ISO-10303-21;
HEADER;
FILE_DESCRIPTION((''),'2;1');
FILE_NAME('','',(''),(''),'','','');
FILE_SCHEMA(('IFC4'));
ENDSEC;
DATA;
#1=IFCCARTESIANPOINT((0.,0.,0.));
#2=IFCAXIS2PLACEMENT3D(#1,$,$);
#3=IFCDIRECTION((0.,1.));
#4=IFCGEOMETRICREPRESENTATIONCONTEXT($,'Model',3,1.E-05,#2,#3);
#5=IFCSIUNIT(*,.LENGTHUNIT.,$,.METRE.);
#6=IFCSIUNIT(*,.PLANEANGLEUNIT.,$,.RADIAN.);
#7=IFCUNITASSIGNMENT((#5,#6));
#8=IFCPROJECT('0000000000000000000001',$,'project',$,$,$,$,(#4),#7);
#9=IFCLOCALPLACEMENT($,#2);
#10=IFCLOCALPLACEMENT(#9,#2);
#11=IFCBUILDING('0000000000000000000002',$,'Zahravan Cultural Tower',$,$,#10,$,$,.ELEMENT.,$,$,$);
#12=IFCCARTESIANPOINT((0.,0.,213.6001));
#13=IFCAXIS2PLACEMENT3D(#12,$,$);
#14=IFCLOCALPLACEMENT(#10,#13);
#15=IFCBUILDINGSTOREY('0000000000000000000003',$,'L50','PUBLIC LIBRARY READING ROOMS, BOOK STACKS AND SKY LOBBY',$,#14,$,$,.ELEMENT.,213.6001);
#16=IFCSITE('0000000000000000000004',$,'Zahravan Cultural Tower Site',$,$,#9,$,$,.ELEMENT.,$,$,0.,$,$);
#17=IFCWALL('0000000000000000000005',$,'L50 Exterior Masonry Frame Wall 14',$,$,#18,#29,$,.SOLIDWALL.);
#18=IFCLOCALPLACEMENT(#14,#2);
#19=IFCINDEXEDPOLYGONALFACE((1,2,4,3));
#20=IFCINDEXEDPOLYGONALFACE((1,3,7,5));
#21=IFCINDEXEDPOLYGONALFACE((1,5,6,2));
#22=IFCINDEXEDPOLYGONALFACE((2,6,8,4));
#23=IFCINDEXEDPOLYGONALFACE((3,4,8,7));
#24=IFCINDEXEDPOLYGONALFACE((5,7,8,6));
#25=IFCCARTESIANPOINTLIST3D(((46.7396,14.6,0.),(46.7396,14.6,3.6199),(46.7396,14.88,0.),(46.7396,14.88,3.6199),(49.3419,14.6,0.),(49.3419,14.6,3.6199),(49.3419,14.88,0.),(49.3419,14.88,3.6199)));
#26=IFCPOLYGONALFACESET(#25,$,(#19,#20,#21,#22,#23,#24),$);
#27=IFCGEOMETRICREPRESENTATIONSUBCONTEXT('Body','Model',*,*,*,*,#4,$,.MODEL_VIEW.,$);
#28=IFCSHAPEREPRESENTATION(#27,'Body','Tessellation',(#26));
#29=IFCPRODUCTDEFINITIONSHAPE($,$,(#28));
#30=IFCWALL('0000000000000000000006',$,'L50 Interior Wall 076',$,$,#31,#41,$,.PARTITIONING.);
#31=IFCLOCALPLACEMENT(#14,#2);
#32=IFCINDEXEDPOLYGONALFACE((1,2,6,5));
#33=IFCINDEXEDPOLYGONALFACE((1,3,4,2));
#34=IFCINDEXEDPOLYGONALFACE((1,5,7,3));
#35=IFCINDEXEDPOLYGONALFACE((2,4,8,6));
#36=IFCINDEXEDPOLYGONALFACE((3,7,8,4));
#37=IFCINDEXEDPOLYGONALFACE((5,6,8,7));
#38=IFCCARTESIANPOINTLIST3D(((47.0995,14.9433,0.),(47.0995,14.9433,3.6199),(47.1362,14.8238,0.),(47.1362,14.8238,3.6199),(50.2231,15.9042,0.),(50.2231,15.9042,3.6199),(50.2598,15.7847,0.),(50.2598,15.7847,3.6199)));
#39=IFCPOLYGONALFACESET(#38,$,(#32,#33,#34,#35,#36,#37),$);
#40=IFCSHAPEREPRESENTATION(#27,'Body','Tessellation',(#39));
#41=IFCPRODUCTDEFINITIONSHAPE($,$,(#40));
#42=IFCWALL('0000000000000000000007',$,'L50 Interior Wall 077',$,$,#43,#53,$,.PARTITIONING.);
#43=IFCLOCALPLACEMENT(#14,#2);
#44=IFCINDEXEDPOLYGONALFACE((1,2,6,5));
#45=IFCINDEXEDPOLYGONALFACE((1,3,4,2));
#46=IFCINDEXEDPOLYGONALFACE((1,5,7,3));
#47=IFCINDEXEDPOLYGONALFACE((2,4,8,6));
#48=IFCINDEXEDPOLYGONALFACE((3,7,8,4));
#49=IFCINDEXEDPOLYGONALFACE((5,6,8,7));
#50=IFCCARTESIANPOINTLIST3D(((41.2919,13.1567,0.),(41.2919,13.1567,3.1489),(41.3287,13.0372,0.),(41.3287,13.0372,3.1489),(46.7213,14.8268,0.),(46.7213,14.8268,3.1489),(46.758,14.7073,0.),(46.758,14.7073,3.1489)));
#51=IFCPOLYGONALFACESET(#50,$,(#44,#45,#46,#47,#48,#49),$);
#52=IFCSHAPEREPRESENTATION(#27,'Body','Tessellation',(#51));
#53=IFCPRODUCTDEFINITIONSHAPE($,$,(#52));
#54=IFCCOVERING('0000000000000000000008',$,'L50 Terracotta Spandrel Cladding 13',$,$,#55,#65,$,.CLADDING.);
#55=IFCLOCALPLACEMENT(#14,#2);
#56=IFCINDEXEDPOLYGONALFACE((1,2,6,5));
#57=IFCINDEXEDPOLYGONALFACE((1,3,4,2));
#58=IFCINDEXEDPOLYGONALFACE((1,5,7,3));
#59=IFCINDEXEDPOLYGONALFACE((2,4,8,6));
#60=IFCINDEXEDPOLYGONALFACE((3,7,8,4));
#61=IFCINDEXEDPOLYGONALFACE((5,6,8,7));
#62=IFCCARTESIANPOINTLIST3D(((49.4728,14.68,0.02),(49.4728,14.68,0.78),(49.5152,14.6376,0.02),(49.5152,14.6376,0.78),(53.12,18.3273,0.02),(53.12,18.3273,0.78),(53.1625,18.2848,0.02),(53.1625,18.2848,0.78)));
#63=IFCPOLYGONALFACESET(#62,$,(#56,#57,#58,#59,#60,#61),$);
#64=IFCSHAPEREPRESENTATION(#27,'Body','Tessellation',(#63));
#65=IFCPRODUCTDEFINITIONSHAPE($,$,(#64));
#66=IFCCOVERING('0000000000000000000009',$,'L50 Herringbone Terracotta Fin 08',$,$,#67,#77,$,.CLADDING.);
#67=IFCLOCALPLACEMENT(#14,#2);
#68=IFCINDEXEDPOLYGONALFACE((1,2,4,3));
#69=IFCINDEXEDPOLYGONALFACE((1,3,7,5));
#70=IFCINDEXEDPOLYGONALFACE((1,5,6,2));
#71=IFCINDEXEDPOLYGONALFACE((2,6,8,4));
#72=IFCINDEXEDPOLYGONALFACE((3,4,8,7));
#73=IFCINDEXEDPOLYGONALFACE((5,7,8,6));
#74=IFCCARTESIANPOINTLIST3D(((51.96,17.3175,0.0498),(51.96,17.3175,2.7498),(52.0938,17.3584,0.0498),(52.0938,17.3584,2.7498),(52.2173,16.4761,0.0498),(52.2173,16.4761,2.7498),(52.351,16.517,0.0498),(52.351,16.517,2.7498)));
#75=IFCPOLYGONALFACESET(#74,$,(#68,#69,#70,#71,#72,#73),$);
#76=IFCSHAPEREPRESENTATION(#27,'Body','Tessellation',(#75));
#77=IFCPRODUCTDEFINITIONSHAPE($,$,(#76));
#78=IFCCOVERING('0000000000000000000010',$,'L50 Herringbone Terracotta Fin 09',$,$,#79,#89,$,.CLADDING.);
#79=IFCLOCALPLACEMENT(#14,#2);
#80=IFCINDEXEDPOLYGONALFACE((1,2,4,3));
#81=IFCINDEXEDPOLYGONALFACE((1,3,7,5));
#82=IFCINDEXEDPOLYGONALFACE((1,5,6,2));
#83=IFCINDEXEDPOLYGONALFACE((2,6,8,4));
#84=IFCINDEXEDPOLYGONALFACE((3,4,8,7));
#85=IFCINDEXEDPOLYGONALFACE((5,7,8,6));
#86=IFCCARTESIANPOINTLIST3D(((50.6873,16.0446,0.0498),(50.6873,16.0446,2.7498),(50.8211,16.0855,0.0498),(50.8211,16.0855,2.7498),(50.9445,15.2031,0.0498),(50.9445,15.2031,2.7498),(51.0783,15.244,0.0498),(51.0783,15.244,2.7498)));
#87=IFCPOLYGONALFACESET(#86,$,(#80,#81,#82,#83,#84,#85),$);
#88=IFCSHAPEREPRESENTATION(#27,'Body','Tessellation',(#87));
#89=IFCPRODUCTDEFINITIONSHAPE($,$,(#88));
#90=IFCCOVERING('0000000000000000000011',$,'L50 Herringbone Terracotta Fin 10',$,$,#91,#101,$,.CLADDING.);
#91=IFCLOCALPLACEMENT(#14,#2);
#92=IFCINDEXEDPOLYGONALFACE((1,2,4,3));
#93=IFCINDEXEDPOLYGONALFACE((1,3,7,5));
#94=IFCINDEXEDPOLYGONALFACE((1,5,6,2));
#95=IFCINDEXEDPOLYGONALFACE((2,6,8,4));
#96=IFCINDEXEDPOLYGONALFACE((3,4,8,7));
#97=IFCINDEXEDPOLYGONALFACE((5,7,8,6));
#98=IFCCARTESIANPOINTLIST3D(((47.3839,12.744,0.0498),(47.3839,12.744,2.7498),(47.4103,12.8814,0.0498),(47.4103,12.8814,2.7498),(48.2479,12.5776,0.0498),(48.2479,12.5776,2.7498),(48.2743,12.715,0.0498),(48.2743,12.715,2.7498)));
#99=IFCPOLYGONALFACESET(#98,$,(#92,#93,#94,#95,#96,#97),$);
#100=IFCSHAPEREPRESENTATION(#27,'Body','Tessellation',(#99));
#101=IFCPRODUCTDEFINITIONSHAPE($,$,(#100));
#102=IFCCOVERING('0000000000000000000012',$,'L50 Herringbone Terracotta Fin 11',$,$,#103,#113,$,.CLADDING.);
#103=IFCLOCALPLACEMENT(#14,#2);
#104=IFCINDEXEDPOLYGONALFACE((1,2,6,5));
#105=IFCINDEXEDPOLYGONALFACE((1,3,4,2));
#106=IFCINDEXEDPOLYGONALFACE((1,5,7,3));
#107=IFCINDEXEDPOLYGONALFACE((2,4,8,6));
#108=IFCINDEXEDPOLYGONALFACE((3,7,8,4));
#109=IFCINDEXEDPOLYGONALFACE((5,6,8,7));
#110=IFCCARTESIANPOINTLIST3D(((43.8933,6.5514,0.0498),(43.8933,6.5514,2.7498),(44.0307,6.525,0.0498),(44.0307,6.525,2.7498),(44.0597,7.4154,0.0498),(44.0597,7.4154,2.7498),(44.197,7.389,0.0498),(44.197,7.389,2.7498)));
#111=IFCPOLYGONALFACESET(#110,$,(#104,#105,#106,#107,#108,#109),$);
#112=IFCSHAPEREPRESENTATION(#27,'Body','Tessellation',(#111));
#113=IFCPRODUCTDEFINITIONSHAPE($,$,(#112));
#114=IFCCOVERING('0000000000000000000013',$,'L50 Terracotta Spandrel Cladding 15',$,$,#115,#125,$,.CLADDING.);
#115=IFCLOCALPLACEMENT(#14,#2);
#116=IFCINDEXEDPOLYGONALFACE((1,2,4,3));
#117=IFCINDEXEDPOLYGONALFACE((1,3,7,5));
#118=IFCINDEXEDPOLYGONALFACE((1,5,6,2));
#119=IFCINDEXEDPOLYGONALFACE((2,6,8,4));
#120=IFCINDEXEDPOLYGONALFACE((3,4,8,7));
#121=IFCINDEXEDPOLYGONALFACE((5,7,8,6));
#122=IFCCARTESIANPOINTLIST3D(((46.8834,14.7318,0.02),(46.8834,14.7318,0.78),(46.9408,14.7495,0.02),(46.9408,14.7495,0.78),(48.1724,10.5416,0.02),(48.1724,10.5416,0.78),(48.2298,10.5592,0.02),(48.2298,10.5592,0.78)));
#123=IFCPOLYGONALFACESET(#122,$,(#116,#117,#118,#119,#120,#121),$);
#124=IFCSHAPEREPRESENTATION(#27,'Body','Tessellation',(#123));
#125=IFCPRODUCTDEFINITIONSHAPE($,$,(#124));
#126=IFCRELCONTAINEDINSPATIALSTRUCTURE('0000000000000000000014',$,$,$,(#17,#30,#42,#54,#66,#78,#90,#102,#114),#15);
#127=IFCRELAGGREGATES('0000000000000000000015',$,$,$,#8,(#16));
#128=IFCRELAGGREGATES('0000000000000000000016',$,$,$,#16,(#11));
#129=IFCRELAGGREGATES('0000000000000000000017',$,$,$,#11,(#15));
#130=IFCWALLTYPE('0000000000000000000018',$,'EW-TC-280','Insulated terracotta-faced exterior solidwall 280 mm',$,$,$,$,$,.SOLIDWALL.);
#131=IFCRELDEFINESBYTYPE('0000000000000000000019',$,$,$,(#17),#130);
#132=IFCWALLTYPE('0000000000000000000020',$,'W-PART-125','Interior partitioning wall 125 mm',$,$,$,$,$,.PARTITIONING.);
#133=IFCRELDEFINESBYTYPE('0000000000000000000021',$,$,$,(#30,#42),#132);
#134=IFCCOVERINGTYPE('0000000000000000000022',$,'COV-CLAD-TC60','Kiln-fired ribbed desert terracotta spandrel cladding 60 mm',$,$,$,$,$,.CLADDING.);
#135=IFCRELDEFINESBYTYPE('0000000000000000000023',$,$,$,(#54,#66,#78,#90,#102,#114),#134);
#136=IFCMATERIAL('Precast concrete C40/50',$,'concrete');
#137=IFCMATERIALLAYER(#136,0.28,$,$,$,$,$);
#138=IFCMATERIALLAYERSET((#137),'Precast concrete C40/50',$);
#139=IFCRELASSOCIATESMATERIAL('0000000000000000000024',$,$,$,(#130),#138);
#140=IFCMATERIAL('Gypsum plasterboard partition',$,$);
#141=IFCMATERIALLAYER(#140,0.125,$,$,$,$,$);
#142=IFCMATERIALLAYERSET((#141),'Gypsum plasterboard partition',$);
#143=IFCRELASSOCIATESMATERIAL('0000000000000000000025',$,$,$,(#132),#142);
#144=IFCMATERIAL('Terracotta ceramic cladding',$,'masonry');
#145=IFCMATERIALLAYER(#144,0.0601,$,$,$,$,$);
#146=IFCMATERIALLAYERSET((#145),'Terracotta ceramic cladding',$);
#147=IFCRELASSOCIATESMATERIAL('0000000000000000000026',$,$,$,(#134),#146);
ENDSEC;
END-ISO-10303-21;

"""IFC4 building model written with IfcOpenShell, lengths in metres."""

from ifc_helpers import new_model, si_unit, direction, frame, frame_2d, origin, origin_2d, place, context, subcontext, project, spatial, rectangle, extrude, source, transform, mapped, material, layer, layer_set, type_object, element, save


model = new_model("IFC4")

# Units and contexts
model_context = context("Model", 3, precision=1e-05, world=origin(), true_north=direction((0.0, 1.0)))
body_context = subcontext(model_context, "Body", "Model", "MODEL_VIEW")
ifc_project = project(units=[si_unit("LENGTHUNIT", "METRE"), si_unit("PLANEANGLEUNIT", "RADIAN")], contexts=[model_context])

# Site, building, storey
site_placement = place(None, origin())
site = spatial("IfcSite", under=ifc_project, at=site_placement, Name="Zahravan Cultural Tower Site", CompositionType="ELEMENT", RefElevation=0.0)
building_placement = place(site_placement, origin())
building = spatial("IfcBuilding", under=site, at=building_placement, Name="Zahravan Cultural Tower", CompositionType="ELEMENT")
storey_placement = place(building_placement, frame((0.0, 0.0, 213.6001)))
storey = spatial("IfcBuildingStorey", under=building, at=storey_placement, Name="L50", Description="PUBLIC LIBRARY READING ROOMS, BOOK STACKS AND SKY LOBBY", CompositionType="ELEMENT", Elevation=213.6001)

# Shared definitions
ifc_material_1 = material(Name="Precast concrete C40/50", Category="concrete")
ifc_layer_1 = layer(ifc_material_1, 0.28)
ifc_layer_set_1 = layer_set([ifc_layer_1], Name="Precast concrete C40/50")
wall_type_1 = type_object("IfcWallType", Name="EW-TC-280", Description="Insulated terracotta-faced exterior solidwall 280 mm", PredefinedType="SOLIDWALL", material=ifc_layer_set_1)

# Walls
shared_shape_1 = source(origin(), body_context, "Body", "SweptSolid", [
    extrude(rectangle(XDim=2.6023, YDim=0.28, at=frame_2d((1.3013, 0.0))), origin(), (0.0, 0.0, 1.0), 3.6199),
])
wall_1_placement = place(storey_placement, frame((49.342, 14.74, 0.0), z_axis=(0.0, 0.0, 1.0), x_axis=(-1.0, 0.0, 0.0)))
element("IfcWall", 1, at=wall_1_placement, inside=storey, type_object=wall_type_1, Name="L50 Exterior Masonry Frame Wall 14", PredefinedType="SOLIDWALL", context=body_context, shape_type="MappedRepresentation", body=[
    mapped(shared_shape_1, transform((0.0, 0.0, 0.0), x_axis=(1.0, 0.0, 0.0), y_axis=(0.0, 1.0, 0.0), z_axis=(0.0, 0.0, 1.0), scale=1.0)),
])
ifc_material_2 = material(Name="Gypsum plasterboard partition")
ifc_layer_2 = layer(ifc_material_2, 0.125)
ifc_layer_set_2 = layer_set([ifc_layer_2], Name="Gypsum plasterboard partition")
wall_type_2 = type_object("IfcWallType", Name="W-PART-125", Description="Interior partitioning wall 125 mm", PredefinedType="PARTITIONING", material=ifc_layer_set_2)
shared_shape_2 = source(origin(), body_context, "Body", "SweptSolid", [
    extrude(rectangle(XDim=3.2681, YDim=0.125, at=frame_2d((1.634, 0.0))), origin(), (0.0, 0.0, 1.0), 3.6199),
])
wall_2_placement = place(storey_placement, frame((50.2415, 15.8445, 0.0), z_axis=(0.0, 0.0, 1.0), x_axis=(-0.955792, -0.294044, 0.0)))
element("IfcWall", 2, at=wall_2_placement, inside=storey, type_object=wall_type_2, Name="L50 Interior Wall 076", PredefinedType="PARTITIONING", context=body_context, shape_type="MappedRepresentation", body=[
    mapped(shared_shape_2, transform((0.0, 0.0, 0.0), x_axis=(1.0, 0.0, 0.0), y_axis=(0.0, 1.0, 0.0), z_axis=(0.0, 0.0, 1.0), scale=1.0)),
])
shared_shape_3 = source(origin(), body_context, "Body", "SweptSolid", [
    extrude(rectangle(XDim=5.6804, YDim=0.125, at=frame_2d((2.8403, 0.0))), origin(), (0.0, 0.0, 1.0), 3.1489),
])
wall_3_placement = place(storey_placement, frame((46.7397, 14.7671, 0.0), z_axis=(0.0, 0.0, 1.0), x_axis=(-0.9558, -0.294016, 0.0)))
element("IfcWall", 3, at=wall_3_placement, inside=storey, type_object=wall_type_2, Name="L50 Interior Wall 077", PredefinedType="PARTITIONING", context=body_context, shape_type="MappedRepresentation", body=[
    mapped(shared_shape_3, transform((0.0, 0.0, 0.0), x_axis=(1.0, 0.0, 0.0), y_axis=(0.0, 1.0, 0.0), z_axis=(0.0, 0.0, 1.0), scale=1.0)),
])

# Coverings
ifc_material_3 = material(Name="Terracotta ceramic cladding", Category="masonry")
ifc_layer_3 = layer(ifc_material_3, 0.0601)
ifc_layer_set_3 = layer_set([ifc_layer_3], Name="Terracotta ceramic cladding")
covering_type = type_object("IfcCoveringType", Name="COV-CLAD-TC60", Description="Kiln-fired ribbed desert terracotta spandrel cladding 60 mm", PredefinedType="CLADDING", material=ifc_layer_set_3)
shared_shape_4 = source(origin(), body_context, "Body", "SweptSolid", [
    extrude(rectangle(XDim=5.158, YDim=0.0601, at=origin_2d()), origin(), (0.0, 0.0, 1.0), 0.76),
])
covering_1_placement = place(storey_placement, frame((51.3176, 16.4824, 0.02), z_axis=(0.0, 0.0, 1.0), x_axis=(-0.707107, -0.707107, 0.0)))
element("IfcCovering", 4, at=covering_1_placement, inside=storey, type_object=covering_type, Name="L50 Terracotta Spandrel Cladding 13", PredefinedType="CLADDING", context=body_context, shape_type="MappedRepresentation", body=[
    mapped(shared_shape_4, transform((0.0, 0.0, 0.0), x_axis=(1.0, 0.0, 0.0), y_axis=(0.0, 1.0, 0.0), z_axis=(0.0, 0.0, 1.0), scale=1.0)),
])
shared_shape_5 = source(origin(), body_context, "Body", "SweptSolid", [
    extrude(rectangle(XDim=0.8799, YDim=0.1399, at=origin_2d()), origin(), (0.0, 0.0, 1.0), 2.7),
])
for number, where, z_axis, x_axis, name in (
    (5, (52.1555, 16.9172, 0.0498), (0.0, 0.0, 1.0), (0.292372, -0.956305, 0.0), "L50 Herringbone Terracotta Fin 08"),
    (6, (50.8828, 15.6443, 0.0498), (0.0, 0.0, 1.0), (0.292372, -0.956305, 0.0), "L50 Herringbone Terracotta Fin 09"),
    (7, (47.8291, 12.7295, 0.0498), (0.0, 0.0, 1.0), (0.981955, -0.189113, 0.0), "L50 Herringbone Terracotta Fin 10"),
    (8, (44.0452, 6.9702, 0.0498), (0.0, 0.0, 1.0), (-0.189095, -0.981959, 0.0), "L50 Herringbone Terracotta Fin 11"),
):
    element("IfcCovering", number, at=place(storey_placement, frame(where, z_axis=z_axis, x_axis=x_axis)), inside=storey, type_object=covering_type, Name=name, PredefinedType="CLADDING", context=body_context, shape_type="MappedRepresentation", body=[
        mapped(shared_shape_5, transform((0.0, 0.0, 0.0), x_axis=(1.0, 0.0, 0.0), y_axis=(0.0, 1.0, 0.0), z_axis=(0.0, 0.0, 1.0), scale=1.0)),
    ])
shared_shape_6 = source(origin(), body_context, "Body", "SweptSolid", [
    extrude(rectangle(XDim=4.384, YDim=0.0601, at=origin_2d()), origin(), (0.0, 0.0, 1.0), 0.76),
])
covering_2_placement = place(storey_placement, frame((47.5566, 12.6455, 0.02), z_axis=(0.0, 0.0, 1.0), x_axis=(0.294024, -0.955798, 0.0)))
element("IfcCovering", 9, at=covering_2_placement, inside=storey, type_object=covering_type, Name="L50 Terracotta Spandrel Cladding 15", PredefinedType="CLADDING", context=body_context, shape_type="MappedRepresentation", body=[
    mapped(shared_shape_6, transform((0.0, 0.0, 0.0), x_axis=(1.0, 0.0, 0.0), y_axis=(0.0, 1.0, 0.0), z_axis=(0.0, 0.0, 1.0), scale=1.0)),
])

save(model, "model.ifc")
